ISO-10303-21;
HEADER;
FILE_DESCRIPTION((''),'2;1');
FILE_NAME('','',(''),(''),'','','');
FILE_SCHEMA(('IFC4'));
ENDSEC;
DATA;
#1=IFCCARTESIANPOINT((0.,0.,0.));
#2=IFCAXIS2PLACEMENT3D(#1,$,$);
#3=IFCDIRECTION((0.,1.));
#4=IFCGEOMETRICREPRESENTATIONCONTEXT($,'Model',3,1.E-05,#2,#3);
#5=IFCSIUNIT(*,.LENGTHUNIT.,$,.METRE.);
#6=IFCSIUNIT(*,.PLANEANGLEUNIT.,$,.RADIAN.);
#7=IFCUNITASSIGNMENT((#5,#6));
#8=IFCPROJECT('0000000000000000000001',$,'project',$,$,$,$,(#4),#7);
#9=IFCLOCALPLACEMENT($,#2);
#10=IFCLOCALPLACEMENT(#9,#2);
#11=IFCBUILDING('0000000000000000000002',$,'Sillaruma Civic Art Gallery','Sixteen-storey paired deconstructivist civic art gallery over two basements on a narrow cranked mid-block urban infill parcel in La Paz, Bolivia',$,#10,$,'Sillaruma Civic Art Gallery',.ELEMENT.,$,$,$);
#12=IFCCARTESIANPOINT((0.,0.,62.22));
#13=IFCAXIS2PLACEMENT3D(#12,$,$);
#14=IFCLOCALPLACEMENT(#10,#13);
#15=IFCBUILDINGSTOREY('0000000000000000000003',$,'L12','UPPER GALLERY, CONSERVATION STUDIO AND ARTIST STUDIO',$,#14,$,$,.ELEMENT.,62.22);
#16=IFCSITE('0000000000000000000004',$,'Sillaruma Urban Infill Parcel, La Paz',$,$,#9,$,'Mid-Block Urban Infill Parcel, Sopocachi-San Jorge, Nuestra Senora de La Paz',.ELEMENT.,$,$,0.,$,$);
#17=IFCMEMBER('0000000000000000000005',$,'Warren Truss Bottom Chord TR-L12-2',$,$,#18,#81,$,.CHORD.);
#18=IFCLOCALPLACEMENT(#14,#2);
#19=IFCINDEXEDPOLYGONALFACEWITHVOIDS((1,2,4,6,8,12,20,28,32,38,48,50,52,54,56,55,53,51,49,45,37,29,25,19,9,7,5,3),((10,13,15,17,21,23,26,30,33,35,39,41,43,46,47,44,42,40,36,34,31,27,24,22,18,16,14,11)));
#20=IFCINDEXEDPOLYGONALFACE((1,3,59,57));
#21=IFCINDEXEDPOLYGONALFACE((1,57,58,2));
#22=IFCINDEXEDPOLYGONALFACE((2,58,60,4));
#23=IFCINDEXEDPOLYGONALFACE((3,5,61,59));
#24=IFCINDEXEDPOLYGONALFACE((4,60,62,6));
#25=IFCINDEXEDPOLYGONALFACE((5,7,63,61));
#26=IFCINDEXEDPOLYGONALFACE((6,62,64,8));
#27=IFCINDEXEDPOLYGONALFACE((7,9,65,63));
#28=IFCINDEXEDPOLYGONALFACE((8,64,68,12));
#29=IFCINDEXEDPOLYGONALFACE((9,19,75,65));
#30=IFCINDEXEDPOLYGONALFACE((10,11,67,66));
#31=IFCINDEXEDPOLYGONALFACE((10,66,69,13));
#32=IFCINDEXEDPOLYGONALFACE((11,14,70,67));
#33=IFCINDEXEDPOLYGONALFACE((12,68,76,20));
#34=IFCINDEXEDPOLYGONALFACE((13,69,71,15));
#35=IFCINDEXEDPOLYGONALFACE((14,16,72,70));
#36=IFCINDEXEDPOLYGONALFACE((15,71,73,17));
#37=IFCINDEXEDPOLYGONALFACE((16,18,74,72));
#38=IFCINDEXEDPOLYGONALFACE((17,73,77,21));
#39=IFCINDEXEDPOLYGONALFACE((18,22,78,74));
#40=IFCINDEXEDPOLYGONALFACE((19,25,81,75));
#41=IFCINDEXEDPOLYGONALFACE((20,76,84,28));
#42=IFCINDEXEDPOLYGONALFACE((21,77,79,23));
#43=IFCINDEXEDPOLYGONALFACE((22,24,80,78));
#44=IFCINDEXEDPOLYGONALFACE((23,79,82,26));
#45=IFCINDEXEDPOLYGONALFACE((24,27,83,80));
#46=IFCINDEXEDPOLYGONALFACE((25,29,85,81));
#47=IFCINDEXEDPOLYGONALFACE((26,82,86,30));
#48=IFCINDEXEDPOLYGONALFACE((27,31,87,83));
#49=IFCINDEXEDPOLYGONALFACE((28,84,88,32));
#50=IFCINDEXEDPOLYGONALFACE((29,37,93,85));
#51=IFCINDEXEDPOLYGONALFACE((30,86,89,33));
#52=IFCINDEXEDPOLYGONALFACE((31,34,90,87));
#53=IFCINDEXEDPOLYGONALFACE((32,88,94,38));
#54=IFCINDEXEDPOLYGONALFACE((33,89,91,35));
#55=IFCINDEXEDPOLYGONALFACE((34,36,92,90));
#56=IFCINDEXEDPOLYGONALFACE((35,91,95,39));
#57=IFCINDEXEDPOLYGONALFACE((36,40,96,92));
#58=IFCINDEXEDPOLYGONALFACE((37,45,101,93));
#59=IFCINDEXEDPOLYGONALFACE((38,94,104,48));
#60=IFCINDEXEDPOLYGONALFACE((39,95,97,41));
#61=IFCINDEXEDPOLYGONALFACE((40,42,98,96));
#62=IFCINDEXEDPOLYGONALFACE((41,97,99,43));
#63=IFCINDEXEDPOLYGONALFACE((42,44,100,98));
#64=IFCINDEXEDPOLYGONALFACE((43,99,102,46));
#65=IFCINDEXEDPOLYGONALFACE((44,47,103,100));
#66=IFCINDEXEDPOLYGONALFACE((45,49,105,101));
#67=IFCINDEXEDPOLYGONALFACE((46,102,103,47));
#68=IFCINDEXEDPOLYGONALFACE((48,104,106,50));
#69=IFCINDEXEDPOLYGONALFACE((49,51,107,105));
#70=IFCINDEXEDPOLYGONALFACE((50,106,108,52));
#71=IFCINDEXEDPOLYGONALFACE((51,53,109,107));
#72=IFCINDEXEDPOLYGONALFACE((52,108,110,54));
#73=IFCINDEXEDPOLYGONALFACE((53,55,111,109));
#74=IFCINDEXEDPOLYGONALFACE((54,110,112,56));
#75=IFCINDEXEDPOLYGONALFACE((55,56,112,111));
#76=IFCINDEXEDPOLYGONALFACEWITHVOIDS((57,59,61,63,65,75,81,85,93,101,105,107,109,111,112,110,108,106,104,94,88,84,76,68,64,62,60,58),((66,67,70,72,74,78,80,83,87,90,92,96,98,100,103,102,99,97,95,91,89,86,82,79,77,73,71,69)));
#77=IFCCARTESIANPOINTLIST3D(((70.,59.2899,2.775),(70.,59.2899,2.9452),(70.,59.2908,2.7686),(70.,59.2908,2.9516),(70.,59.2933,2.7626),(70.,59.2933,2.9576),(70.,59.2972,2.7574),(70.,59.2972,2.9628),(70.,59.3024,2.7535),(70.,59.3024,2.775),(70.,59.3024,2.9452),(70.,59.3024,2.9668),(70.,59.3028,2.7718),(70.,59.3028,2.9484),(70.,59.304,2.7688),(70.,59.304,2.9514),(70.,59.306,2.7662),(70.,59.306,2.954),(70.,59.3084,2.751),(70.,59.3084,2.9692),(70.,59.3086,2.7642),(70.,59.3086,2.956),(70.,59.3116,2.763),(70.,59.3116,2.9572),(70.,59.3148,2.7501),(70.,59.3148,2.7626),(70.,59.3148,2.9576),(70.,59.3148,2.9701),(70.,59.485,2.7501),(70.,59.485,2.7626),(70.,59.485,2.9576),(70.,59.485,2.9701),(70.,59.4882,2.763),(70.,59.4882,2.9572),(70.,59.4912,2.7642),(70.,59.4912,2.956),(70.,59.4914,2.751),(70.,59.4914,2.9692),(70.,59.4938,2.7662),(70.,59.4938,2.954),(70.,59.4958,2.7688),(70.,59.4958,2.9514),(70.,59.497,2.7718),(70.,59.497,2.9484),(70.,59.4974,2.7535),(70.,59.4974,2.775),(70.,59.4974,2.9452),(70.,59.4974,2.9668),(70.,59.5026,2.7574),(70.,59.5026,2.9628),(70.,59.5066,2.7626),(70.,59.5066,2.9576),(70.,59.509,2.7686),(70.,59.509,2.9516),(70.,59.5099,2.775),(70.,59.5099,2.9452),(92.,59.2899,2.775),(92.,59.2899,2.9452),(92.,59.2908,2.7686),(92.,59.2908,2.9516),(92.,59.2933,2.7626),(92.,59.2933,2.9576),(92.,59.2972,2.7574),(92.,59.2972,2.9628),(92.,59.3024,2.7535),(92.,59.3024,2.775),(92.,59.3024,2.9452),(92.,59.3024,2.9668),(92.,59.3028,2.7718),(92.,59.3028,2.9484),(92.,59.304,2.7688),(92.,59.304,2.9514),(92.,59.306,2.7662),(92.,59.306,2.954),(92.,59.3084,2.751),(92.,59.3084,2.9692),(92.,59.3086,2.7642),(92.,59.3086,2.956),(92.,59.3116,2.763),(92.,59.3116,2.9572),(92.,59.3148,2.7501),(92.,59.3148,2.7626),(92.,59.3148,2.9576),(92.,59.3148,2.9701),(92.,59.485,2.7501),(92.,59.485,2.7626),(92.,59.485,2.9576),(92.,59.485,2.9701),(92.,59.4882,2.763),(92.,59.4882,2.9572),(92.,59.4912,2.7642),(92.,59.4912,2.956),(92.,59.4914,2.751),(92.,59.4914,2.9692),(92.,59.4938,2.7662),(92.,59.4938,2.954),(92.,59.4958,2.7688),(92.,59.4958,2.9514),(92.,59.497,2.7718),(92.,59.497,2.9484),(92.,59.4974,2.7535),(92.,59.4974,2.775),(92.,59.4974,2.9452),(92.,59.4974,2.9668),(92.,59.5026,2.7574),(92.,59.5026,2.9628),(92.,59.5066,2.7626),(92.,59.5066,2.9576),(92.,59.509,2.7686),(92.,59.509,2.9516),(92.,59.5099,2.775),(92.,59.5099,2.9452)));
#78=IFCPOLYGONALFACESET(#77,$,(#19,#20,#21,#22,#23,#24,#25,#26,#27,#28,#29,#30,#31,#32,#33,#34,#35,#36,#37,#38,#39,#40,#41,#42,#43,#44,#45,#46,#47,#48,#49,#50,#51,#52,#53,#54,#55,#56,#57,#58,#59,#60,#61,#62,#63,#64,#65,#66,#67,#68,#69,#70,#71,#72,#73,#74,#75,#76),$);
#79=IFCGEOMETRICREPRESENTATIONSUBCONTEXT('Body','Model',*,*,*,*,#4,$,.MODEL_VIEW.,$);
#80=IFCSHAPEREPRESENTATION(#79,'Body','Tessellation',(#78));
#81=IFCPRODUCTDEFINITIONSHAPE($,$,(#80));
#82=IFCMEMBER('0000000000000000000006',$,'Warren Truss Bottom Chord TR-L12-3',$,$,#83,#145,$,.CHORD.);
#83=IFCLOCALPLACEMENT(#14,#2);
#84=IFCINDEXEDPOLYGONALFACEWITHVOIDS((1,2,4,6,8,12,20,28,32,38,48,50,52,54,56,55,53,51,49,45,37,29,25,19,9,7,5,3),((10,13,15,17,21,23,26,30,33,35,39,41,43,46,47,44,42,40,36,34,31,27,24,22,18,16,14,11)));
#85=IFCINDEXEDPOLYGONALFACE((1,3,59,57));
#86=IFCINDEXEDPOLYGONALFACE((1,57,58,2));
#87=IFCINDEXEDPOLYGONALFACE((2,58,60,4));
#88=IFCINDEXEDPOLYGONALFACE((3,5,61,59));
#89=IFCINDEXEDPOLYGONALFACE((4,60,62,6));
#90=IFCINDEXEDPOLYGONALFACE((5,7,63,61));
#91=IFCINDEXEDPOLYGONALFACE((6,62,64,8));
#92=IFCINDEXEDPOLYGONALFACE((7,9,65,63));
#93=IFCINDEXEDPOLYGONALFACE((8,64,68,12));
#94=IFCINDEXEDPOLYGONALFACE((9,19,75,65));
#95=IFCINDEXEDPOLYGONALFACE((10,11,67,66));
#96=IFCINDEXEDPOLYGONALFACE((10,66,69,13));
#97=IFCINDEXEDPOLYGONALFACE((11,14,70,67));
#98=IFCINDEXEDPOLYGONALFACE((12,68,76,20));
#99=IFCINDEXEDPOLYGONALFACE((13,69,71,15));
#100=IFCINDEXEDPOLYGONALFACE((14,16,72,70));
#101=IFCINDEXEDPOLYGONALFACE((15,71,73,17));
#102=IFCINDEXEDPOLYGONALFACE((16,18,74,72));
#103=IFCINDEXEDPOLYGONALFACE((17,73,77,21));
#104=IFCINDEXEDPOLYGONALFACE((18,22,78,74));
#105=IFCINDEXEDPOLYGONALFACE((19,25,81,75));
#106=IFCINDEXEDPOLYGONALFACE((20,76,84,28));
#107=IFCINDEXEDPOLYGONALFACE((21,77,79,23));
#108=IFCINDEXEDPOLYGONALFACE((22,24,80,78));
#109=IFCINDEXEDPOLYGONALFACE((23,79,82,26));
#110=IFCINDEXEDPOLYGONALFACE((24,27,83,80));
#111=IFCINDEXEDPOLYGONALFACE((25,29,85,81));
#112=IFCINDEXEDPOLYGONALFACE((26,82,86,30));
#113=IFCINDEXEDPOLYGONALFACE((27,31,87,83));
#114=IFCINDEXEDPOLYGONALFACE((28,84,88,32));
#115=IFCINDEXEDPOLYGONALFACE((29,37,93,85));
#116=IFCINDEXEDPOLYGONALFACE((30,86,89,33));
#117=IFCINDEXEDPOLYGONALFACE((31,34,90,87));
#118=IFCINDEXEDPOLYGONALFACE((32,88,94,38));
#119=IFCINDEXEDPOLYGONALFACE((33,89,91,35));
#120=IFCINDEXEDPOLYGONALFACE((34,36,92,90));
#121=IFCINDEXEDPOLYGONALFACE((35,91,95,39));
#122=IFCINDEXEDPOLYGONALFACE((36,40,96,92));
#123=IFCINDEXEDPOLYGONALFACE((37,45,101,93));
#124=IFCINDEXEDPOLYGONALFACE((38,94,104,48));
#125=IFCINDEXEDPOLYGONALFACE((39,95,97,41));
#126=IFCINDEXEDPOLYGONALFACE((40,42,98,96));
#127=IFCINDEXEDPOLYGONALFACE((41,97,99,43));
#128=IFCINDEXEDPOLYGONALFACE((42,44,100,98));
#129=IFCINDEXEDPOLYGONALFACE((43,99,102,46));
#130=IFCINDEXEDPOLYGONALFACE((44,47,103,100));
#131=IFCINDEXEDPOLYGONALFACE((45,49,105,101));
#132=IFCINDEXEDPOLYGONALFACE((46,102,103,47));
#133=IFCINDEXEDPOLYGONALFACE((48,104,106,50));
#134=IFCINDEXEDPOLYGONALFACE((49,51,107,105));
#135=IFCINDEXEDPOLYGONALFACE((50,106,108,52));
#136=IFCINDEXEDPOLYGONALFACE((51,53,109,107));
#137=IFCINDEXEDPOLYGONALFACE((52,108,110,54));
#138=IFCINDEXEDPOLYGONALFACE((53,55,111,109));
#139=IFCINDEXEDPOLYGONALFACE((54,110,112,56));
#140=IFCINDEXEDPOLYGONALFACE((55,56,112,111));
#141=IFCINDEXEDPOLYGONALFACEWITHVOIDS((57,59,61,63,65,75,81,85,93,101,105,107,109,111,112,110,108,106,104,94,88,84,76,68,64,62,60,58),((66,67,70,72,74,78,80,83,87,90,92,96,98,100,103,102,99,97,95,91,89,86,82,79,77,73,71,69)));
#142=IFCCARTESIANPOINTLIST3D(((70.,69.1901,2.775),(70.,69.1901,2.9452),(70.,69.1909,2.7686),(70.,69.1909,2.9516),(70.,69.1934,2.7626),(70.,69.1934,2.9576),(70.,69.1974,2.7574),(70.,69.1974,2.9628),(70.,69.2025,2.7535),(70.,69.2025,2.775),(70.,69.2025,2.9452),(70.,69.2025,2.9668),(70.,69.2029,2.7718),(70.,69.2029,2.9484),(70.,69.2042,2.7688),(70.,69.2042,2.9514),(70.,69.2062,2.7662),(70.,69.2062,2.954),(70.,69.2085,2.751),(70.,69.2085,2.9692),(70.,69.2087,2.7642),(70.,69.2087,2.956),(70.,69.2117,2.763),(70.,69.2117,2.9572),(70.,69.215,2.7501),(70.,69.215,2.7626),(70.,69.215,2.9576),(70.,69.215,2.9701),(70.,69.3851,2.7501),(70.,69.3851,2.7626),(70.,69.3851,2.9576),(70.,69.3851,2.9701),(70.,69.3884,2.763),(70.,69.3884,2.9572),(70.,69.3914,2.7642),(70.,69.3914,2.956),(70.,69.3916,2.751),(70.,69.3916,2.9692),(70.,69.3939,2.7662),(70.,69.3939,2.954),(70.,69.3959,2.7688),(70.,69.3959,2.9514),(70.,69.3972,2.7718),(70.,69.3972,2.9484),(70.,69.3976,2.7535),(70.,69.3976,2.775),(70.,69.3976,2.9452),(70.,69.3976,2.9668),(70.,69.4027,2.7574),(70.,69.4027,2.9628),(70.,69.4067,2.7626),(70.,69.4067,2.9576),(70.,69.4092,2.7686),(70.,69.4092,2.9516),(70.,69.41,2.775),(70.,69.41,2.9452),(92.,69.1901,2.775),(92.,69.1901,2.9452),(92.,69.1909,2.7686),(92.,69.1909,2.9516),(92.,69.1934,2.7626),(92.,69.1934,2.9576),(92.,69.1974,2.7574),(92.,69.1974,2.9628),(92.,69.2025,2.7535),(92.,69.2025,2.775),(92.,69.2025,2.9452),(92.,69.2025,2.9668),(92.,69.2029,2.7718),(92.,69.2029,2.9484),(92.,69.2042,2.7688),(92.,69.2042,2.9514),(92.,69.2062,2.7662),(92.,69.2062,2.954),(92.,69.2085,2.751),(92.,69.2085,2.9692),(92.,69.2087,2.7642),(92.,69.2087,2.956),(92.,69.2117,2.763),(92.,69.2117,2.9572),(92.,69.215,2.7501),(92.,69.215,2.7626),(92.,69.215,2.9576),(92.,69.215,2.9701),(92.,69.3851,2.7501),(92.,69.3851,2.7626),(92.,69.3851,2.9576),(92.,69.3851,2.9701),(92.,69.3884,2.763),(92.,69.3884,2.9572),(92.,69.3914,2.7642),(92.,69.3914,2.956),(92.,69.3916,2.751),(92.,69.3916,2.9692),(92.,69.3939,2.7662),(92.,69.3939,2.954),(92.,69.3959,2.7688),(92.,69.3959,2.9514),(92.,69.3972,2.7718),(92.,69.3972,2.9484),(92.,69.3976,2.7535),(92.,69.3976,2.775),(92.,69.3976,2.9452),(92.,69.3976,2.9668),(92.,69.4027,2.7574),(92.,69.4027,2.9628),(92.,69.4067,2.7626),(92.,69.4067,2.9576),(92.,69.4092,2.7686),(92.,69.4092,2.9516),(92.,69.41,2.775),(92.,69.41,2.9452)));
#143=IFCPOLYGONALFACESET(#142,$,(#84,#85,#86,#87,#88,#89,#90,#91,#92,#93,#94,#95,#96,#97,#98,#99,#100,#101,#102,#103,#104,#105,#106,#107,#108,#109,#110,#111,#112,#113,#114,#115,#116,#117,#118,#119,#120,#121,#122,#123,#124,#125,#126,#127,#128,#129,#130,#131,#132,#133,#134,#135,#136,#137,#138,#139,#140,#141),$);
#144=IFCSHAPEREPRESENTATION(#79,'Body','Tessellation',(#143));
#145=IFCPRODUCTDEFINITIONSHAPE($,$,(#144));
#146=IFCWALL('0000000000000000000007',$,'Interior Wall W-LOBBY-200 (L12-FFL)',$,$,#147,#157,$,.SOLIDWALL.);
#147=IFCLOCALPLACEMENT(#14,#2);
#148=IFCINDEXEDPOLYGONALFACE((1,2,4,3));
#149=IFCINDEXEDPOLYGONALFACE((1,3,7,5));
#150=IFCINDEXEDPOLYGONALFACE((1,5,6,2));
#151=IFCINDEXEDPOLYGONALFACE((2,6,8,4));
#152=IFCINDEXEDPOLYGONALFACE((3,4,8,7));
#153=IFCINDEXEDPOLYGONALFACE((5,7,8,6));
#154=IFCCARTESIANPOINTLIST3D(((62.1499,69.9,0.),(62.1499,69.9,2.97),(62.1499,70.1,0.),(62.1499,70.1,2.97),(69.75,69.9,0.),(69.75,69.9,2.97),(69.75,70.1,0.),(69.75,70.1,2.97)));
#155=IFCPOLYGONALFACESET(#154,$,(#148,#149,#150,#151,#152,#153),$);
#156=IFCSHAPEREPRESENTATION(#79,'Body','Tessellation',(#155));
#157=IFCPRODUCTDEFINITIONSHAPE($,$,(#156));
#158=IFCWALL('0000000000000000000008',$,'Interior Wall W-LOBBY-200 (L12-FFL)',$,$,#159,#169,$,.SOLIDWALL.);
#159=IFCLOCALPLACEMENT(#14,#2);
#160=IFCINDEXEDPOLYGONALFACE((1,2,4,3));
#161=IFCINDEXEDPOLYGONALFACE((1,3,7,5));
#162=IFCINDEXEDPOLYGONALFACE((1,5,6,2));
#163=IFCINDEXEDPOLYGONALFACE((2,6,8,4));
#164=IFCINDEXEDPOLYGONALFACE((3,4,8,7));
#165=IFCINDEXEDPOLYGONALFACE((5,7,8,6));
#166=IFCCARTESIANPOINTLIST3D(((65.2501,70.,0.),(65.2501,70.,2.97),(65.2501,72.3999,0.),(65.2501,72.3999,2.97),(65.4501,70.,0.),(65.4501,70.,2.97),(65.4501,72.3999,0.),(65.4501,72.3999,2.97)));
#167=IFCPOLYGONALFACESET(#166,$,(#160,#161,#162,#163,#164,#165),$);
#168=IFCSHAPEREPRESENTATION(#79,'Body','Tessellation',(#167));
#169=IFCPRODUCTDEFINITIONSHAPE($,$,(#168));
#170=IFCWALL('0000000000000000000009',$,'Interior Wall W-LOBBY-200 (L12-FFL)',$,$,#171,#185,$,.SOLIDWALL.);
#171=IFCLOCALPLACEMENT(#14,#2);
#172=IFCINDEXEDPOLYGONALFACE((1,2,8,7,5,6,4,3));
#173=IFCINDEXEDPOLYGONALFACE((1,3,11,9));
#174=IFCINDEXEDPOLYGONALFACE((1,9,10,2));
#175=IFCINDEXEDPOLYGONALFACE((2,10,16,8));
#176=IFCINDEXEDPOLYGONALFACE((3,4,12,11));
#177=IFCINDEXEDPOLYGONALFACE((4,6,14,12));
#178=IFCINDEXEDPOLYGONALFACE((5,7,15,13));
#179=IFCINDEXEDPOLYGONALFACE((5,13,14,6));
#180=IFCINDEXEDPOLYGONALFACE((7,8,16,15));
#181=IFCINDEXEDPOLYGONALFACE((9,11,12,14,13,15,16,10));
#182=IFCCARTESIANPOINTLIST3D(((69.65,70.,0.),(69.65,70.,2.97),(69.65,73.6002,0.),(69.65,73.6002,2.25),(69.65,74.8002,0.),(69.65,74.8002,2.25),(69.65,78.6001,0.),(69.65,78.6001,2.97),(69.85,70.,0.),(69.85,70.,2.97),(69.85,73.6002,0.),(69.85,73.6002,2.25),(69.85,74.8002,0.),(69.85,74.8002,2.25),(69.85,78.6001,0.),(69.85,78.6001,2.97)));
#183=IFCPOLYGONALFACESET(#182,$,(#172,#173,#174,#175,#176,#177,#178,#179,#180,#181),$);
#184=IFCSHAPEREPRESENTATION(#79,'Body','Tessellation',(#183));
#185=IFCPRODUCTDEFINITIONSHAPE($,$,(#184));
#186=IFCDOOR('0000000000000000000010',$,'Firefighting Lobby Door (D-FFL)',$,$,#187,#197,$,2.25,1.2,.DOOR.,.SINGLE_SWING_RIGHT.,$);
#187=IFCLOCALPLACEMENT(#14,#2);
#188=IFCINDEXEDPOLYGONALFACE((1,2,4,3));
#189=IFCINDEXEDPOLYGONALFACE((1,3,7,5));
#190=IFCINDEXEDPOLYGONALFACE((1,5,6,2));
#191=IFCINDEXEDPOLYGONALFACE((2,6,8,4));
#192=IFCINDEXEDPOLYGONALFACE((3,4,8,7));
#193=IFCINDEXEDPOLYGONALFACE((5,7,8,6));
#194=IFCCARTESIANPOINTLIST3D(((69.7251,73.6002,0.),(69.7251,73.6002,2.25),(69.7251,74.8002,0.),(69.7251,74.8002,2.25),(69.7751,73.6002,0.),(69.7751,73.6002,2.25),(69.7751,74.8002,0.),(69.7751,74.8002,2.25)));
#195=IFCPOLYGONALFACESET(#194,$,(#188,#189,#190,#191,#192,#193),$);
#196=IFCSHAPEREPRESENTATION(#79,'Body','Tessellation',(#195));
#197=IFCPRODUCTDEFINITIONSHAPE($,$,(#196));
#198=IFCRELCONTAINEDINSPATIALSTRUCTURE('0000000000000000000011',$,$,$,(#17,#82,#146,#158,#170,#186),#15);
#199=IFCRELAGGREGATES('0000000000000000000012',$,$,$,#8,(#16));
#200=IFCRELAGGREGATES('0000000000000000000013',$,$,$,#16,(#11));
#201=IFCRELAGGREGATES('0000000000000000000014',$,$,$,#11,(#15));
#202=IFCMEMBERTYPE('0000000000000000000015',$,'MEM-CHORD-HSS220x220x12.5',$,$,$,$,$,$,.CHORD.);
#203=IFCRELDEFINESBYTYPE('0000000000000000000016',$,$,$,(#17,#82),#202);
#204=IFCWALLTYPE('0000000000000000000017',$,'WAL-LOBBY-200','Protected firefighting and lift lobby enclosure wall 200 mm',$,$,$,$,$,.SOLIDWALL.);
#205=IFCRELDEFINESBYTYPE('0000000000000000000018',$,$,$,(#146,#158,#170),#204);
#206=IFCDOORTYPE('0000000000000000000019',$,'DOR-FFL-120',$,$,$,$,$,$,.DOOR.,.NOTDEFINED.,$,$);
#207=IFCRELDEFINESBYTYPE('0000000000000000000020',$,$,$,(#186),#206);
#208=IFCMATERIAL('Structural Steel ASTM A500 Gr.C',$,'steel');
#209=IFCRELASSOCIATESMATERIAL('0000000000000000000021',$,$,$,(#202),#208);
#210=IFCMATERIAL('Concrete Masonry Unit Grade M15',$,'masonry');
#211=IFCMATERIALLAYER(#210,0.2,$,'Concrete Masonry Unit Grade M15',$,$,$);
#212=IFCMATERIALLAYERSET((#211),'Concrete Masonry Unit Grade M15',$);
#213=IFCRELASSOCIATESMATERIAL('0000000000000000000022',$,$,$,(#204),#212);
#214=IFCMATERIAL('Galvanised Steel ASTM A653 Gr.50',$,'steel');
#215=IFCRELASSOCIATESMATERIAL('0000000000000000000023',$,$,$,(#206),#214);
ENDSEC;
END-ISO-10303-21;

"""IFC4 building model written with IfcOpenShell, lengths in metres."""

from ifc_helpers import new_model, si_unit, direction, frame, frame_2d, origin, origin_2d, place, context, subcontext, project, spatial, rectangle, hollow_rectangle, extrude, material, layer, layer_set, material_profile, profile_set, type_object, element, fill, save


model = new_model("IFC4")

# Units and contexts
model_context = context("Model", 3, precision=1e-05, world=origin(), true_north=direction((0.0, 1.0)))
body_context = subcontext(model_context, "Body", "Model", "MODEL_VIEW")
ifc_project = project(units=[si_unit("LENGTHUNIT", "METRE"), si_unit("PLANEANGLEUNIT", "RADIAN")], contexts=[model_context])

# Site, building, storey
site_placement = place(None, origin())
site = spatial("IfcSite", under=ifc_project, at=site_placement, Name="Sillaruma Urban Infill Parcel, La Paz", LongName="Mid-Block Urban Infill Parcel, Sopocachi-San Jorge, Nuestra Senora de La Paz", CompositionType="ELEMENT", RefElevation=0.0)
building_placement = place(site_placement, origin())
building = spatial("IfcBuilding", under=site, at=building_placement, Name="Sillaruma Civic Art Gallery", Description="Sixteen-storey paired deconstructivist civic art gallery over two basements on a narrow cranked mid-block urban infill parcel in La Paz, Bolivia", LongName="Sillaruma Civic Art Gallery", CompositionType="ELEMENT")
storey_placement = place(building_placement, frame((0.0, 0.0, 62.22)))
storey = spatial("IfcBuildingStorey", under=building, at=storey_placement, Name="L12", Description="UPPER GALLERY, CONSERVATION STUDIO AND ARTIST STUDIO", CompositionType="ELEMENT", Elevation=62.22)

# Members
ifc_material_1 = material(Name="Structural Steel ASTM A500 Gr.C", Category="steel")
ifc_material_profile_1 = material_profile(ifc_material_1, hollow_rectangle(XDim=0.22, YDim=0.22, WallThickness=0.0125, InnerFilletRadius=0.0125, OuterFilletRadius=0.0249, at=origin_2d()), Name="HSS220x220x12.5")
ifc_profile_set_1 = profile_set([ifc_material_profile_1], Name="Structural Steel ASTM A500 Gr.C")
member_type_1 = type_object("IfcMemberType", Name="MEM-CHORD-HSS220x220x12.5", PredefinedType="CHORD", material=ifc_profile_set_1)
for number, where, z_axis, x_axis, name in (
    (1, (70.0, 59.3999, 2.8601), (1.0, 0.0, 0.0), (0.0, 1.0, 0.0), "Warren Truss Bottom Chord TR-L12-2"),
    (2, (70.0, 69.3, 2.8601), (1.0, 0.0, 0.0), (0.0, 1.0, 0.0), "Warren Truss Bottom Chord TR-L12-3"),
):
    element("IfcMember", number, at=place(storey_placement, frame(where, z_axis=z_axis, x_axis=x_axis)), inside=storey, type_object=member_type_1, Name=name, PredefinedType="CHORD", context=body_context, shape_type="SweptSolid", body=[
        extrude(hollow_rectangle(XDim=0.22, YDim=0.22, WallThickness=0.0125, InnerFilletRadius=0.0125, OuterFilletRadius=0.0249, at=origin_2d()), origin(), (0.0, 0.0, 1.0), 22.0),
    ])

# Walls
ifc_material_2 = material(Name="Concrete Masonry Unit Grade M15", Category="masonry")
ifc_layer_1 = layer(ifc_material_2, 0.2, Name="Concrete Masonry Unit Grade M15")
ifc_layer_set_1 = layer_set([ifc_layer_1], Name="Concrete Masonry Unit Grade M15")
wall_type_1 = type_object("IfcWallType", Name="WAL-LOBBY-200", Description="Protected firefighting and lift lobby enclosure wall 200 mm", PredefinedType="SOLIDWALL", material=ifc_layer_set_1)
wall_1_placement = place(storey_placement, frame((62.1499, 70.0, 0.0), z_axis=(0.0, 0.0, 1.0), x_axis=(1.0, 0.0, 0.0)))
element("IfcWall", 3, at=wall_1_placement, inside=storey, type_object=wall_type_1, Name="Interior Wall W-LOBBY-200 (L12-FFL)", PredefinedType="SOLIDWALL", context=body_context, shape_type="SweptSolid", body=[
    extrude(rectangle(XDim=7.6001, YDim=0.2, at=frame_2d((3.8, 0.0))), origin(), (0.0, 0.0, 1.0), 2.97),
])
wall_2_placement = place(storey_placement, frame((65.3501, 70.0, 0.0), z_axis=(0.0, 0.0, 1.0), x_axis=(0.0, 1.0, 0.0)))
element("IfcWall", 4, at=wall_2_placement, inside=storey, type_object=wall_type_1, Name="Interior Wall W-LOBBY-200 (L12-FFL)", PredefinedType="SOLIDWALL", context=body_context, shape_type="SweptSolid", body=[
    extrude(rectangle(XDim=2.3999, YDim=0.2, at=frame_2d((1.2, 0.0))), origin(), (0.0, 0.0, 1.0), 2.97),
])

# Wall, opening, door
wall_3_placement = place(storey_placement, frame((69.75, 70.0, 0.0), z_axis=(0.0, 0.0, 1.0), x_axis=(0.0, 1.0, 0.0)))
wall_3 = element("IfcWall", 5, at=wall_3_placement, inside=storey, type_object=wall_type_1, Name="Interior Wall W-LOBBY-200 (L12-FFL)", PredefinedType="SOLIDWALL", context=body_context, shape_type="SweptSolid", body=[
    extrude(rectangle(XDim=8.6001, YDim=0.2, at=frame_2d((4.3, 0.0))), origin(), (0.0, 0.0, 1.0), 2.97),
])
opening_1_placement = place(wall_3_placement, frame((3.6001, 0.0, 0.0)))
opening_1 = element("IfcOpeningElement", 6, at=opening_1_placement, cuts=wall_3, PredefinedType="OPENING", context=body_context, shape_type="SweptSolid", body=[
    extrude(rectangle(XDim=1.2, YDim=2.25, at=frame_2d((0.6001, 1.125))), frame((0.0, 0.1099, 0.0), z_axis=(0.0, -1.0, 0.0), x_axis=(1.0, 0.0, 0.0)), (0.0, 0.0, 1.0), 0.22),
])
ifc_material_3 = material(Name="Galvanised Steel ASTM A653 Gr.50", Category="steel")
door_type_1 = type_object("IfcDoorType", Name="DOR-FFL-120", OperationType="NOTDEFINED", PredefinedType="DOOR", material=ifc_material_3)
door_1_placement = place(opening_1_placement, origin())
door_1 = element("IfcDoor", 7, at=door_1_placement, inside=storey, type_object=door_type_1, Name="Firefighting Lobby Door (D-FFL)", OperationType="SINGLE_SWING_RIGHT", OverallHeight=2.25, OverallWidth=1.2, PredefinedType="DOOR", context=body_context, shape_type="SweptSolid", body=[
    extrude(rectangle(XDim=1.2, YDim=2.25, at=frame_2d((0.6001, 1.125))), frame((0.0, 0.0249, 0.0), z_axis=(0.0, -1.0, 0.0), x_axis=(1.0, 0.0, 0.0)), (0.0, 0.0, 1.0), 0.05),
])
fill(opening_1, door_1)

save(model, "model.ifc")
